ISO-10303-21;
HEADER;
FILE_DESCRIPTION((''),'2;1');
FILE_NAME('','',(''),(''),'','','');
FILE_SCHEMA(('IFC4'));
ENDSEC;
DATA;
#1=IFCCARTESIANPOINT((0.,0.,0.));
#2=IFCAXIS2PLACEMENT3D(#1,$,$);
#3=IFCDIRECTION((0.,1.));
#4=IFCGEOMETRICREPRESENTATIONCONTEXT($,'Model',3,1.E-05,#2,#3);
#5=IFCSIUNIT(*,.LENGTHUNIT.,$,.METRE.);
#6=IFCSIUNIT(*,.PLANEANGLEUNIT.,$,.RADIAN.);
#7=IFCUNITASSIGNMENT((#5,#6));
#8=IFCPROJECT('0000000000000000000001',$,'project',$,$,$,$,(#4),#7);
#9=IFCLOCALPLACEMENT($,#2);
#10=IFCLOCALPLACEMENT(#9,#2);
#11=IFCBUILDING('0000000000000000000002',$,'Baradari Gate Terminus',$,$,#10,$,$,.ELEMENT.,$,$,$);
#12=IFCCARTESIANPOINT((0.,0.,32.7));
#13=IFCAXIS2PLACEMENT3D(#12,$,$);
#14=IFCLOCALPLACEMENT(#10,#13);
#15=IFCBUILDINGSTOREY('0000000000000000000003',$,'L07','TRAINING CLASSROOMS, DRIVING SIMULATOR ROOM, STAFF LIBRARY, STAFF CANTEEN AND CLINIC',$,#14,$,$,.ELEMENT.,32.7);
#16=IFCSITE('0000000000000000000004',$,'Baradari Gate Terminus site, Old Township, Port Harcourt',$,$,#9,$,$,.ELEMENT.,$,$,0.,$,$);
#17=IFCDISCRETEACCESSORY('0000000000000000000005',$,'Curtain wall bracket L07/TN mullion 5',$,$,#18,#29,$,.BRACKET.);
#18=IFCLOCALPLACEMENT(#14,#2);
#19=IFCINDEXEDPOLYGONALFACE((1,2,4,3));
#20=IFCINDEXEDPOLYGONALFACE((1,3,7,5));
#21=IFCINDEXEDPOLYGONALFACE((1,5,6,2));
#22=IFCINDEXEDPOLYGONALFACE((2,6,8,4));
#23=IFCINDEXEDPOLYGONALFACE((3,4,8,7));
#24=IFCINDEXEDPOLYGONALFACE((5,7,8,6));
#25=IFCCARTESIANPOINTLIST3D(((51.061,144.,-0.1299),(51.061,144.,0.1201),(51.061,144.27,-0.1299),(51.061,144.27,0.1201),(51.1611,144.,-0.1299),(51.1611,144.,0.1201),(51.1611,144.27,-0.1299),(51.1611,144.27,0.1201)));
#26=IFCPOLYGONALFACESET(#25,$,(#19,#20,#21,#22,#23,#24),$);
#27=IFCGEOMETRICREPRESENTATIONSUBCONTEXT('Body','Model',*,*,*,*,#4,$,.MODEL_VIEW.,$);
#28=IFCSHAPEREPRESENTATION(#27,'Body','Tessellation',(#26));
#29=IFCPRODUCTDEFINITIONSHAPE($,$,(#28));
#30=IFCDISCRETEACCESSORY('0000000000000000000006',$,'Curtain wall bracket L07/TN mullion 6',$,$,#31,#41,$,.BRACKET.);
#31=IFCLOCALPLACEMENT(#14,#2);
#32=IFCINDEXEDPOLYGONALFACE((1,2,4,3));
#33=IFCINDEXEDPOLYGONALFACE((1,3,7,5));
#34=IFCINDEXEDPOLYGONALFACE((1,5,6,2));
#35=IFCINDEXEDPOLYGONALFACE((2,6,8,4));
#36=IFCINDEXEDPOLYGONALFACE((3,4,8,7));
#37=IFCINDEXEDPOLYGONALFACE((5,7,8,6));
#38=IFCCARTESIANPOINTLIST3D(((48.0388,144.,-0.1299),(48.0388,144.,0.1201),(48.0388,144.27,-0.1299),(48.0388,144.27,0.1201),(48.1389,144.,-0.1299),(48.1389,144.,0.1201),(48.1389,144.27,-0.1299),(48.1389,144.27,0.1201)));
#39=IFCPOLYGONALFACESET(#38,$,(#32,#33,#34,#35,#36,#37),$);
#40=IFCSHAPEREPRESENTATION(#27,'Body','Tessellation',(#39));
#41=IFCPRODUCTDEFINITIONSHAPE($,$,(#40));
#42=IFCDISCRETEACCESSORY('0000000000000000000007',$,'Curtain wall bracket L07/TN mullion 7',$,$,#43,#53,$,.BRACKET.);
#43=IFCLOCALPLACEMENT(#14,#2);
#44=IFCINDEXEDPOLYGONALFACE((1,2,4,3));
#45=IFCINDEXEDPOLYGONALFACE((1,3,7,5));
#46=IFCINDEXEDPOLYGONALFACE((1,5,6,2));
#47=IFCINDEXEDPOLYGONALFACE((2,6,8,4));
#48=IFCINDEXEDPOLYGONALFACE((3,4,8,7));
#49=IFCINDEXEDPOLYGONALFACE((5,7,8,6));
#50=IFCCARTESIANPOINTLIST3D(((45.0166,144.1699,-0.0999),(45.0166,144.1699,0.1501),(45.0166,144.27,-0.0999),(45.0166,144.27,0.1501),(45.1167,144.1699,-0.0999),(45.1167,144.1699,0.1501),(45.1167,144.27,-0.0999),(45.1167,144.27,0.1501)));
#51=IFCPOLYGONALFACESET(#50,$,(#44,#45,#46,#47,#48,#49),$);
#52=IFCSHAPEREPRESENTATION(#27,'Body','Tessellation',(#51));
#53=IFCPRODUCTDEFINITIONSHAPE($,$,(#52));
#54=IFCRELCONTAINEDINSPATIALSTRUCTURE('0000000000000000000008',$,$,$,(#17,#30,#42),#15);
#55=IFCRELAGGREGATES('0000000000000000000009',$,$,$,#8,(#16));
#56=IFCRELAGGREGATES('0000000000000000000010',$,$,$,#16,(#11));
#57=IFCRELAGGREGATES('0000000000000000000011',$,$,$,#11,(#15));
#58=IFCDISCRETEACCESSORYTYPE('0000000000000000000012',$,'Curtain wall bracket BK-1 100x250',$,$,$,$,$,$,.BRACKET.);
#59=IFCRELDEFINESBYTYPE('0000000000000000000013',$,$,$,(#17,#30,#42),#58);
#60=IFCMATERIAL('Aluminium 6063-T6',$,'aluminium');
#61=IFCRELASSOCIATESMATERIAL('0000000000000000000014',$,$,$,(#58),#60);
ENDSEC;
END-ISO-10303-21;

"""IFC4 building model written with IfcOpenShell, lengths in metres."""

from ifc_helpers import new_model, si_unit, direction, frame, origin, origin_2d, place, context, subcontext, project, spatial, rectangle, extrude, material, type_object, element, save


model = new_model("IFC4")

# Units and contexts
model_context = context("Model", 3, precision=1e-05, world=origin(), true_north=direction((0.0, 1.0)))
body_context = subcontext(model_context, "Body", "Model", "MODEL_VIEW")
ifc_project = project(units=[si_unit("LENGTHUNIT", "METRE"), si_unit("PLANEANGLEUNIT", "RADIAN")], contexts=[model_context])

# Site, building, storey
site_placement = place(None, origin())
site = spatial("IfcSite", under=ifc_project, at=site_placement, Name="Baradari Gate Terminus site, Old Township, Port Harcourt", CompositionType="ELEMENT", RefElevation=0.0)
building_placement = place(site_placement, origin())
building = spatial("IfcBuilding", under=site, at=building_placement, Name="Baradari Gate Terminus", CompositionType="ELEMENT")
storey_placement = place(building_placement, frame((0.0, 0.0, 32.7)))
storey = spatial("IfcBuildingStorey", under=building, at=storey_placement, Name="L07", Description="TRAINING CLASSROOMS, DRIVING SIMULATOR ROOM, STAFF LIBRARY, STAFF CANTEEN AND CLINIC", CompositionType="ELEMENT", Elevation=32.7)

# Discrete accessories
ifc_material_1 = material(Name="Aluminium 6063-T6", Category="aluminium")
discrete_accessory_type = type_object("IfcDiscreteAccessoryType", Name="Curtain wall bracket BK-1 100x250", PredefinedType="BRACKET", material=ifc_material_1)
for number, where, z_axis, x_axis, name in (
    (1, (51.1111, 144.135, -0.1299), (0.0, 0.0, 1.0), (0.0, 1.0, 0.0), "Curtain wall bracket L07/TN mullion 5"),
    (2, (48.0889, 144.135, -0.1299), (0.0, 0.0, 1.0), (0.0, 1.0, 0.0), "Curtain wall bracket L07/TN mullion 6"),
):
    element("IfcDiscreteAccessory", number, at=place(storey_placement, frame(where, z_axis=z_axis, x_axis=x_axis)), inside=storey, type_object=discrete_accessory_type, Name=name, PredefinedType="BRACKET", context=body_context, shape_type="SweptSolid", body=[
        extrude(rectangle(XDim=0.27, YDim=0.1001, at=origin_2d()), origin(), (0.0, 0.0, 1.0), 0.25),
    ])
discrete_accessory_placement = place(storey_placement, frame((45.0667, 144.22, -0.0999), z_axis=(0.0, 0.0, 1.0), x_axis=(0.0, 1.0, 0.0)))
element("IfcDiscreteAccessory", 3, at=discrete_accessory_placement, inside=storey, type_object=discrete_accessory_type, Name="Curtain wall bracket L07/TN mullion 7", PredefinedType="BRACKET", context=body_context, shape_type="SweptSolid", body=[
    extrude(rectangle(XDim=0.1001, YDim=0.1001, at=origin_2d()), origin(), (0.0, 0.0, 1.0), 0.25),
])

save(model, "model.ifc")
